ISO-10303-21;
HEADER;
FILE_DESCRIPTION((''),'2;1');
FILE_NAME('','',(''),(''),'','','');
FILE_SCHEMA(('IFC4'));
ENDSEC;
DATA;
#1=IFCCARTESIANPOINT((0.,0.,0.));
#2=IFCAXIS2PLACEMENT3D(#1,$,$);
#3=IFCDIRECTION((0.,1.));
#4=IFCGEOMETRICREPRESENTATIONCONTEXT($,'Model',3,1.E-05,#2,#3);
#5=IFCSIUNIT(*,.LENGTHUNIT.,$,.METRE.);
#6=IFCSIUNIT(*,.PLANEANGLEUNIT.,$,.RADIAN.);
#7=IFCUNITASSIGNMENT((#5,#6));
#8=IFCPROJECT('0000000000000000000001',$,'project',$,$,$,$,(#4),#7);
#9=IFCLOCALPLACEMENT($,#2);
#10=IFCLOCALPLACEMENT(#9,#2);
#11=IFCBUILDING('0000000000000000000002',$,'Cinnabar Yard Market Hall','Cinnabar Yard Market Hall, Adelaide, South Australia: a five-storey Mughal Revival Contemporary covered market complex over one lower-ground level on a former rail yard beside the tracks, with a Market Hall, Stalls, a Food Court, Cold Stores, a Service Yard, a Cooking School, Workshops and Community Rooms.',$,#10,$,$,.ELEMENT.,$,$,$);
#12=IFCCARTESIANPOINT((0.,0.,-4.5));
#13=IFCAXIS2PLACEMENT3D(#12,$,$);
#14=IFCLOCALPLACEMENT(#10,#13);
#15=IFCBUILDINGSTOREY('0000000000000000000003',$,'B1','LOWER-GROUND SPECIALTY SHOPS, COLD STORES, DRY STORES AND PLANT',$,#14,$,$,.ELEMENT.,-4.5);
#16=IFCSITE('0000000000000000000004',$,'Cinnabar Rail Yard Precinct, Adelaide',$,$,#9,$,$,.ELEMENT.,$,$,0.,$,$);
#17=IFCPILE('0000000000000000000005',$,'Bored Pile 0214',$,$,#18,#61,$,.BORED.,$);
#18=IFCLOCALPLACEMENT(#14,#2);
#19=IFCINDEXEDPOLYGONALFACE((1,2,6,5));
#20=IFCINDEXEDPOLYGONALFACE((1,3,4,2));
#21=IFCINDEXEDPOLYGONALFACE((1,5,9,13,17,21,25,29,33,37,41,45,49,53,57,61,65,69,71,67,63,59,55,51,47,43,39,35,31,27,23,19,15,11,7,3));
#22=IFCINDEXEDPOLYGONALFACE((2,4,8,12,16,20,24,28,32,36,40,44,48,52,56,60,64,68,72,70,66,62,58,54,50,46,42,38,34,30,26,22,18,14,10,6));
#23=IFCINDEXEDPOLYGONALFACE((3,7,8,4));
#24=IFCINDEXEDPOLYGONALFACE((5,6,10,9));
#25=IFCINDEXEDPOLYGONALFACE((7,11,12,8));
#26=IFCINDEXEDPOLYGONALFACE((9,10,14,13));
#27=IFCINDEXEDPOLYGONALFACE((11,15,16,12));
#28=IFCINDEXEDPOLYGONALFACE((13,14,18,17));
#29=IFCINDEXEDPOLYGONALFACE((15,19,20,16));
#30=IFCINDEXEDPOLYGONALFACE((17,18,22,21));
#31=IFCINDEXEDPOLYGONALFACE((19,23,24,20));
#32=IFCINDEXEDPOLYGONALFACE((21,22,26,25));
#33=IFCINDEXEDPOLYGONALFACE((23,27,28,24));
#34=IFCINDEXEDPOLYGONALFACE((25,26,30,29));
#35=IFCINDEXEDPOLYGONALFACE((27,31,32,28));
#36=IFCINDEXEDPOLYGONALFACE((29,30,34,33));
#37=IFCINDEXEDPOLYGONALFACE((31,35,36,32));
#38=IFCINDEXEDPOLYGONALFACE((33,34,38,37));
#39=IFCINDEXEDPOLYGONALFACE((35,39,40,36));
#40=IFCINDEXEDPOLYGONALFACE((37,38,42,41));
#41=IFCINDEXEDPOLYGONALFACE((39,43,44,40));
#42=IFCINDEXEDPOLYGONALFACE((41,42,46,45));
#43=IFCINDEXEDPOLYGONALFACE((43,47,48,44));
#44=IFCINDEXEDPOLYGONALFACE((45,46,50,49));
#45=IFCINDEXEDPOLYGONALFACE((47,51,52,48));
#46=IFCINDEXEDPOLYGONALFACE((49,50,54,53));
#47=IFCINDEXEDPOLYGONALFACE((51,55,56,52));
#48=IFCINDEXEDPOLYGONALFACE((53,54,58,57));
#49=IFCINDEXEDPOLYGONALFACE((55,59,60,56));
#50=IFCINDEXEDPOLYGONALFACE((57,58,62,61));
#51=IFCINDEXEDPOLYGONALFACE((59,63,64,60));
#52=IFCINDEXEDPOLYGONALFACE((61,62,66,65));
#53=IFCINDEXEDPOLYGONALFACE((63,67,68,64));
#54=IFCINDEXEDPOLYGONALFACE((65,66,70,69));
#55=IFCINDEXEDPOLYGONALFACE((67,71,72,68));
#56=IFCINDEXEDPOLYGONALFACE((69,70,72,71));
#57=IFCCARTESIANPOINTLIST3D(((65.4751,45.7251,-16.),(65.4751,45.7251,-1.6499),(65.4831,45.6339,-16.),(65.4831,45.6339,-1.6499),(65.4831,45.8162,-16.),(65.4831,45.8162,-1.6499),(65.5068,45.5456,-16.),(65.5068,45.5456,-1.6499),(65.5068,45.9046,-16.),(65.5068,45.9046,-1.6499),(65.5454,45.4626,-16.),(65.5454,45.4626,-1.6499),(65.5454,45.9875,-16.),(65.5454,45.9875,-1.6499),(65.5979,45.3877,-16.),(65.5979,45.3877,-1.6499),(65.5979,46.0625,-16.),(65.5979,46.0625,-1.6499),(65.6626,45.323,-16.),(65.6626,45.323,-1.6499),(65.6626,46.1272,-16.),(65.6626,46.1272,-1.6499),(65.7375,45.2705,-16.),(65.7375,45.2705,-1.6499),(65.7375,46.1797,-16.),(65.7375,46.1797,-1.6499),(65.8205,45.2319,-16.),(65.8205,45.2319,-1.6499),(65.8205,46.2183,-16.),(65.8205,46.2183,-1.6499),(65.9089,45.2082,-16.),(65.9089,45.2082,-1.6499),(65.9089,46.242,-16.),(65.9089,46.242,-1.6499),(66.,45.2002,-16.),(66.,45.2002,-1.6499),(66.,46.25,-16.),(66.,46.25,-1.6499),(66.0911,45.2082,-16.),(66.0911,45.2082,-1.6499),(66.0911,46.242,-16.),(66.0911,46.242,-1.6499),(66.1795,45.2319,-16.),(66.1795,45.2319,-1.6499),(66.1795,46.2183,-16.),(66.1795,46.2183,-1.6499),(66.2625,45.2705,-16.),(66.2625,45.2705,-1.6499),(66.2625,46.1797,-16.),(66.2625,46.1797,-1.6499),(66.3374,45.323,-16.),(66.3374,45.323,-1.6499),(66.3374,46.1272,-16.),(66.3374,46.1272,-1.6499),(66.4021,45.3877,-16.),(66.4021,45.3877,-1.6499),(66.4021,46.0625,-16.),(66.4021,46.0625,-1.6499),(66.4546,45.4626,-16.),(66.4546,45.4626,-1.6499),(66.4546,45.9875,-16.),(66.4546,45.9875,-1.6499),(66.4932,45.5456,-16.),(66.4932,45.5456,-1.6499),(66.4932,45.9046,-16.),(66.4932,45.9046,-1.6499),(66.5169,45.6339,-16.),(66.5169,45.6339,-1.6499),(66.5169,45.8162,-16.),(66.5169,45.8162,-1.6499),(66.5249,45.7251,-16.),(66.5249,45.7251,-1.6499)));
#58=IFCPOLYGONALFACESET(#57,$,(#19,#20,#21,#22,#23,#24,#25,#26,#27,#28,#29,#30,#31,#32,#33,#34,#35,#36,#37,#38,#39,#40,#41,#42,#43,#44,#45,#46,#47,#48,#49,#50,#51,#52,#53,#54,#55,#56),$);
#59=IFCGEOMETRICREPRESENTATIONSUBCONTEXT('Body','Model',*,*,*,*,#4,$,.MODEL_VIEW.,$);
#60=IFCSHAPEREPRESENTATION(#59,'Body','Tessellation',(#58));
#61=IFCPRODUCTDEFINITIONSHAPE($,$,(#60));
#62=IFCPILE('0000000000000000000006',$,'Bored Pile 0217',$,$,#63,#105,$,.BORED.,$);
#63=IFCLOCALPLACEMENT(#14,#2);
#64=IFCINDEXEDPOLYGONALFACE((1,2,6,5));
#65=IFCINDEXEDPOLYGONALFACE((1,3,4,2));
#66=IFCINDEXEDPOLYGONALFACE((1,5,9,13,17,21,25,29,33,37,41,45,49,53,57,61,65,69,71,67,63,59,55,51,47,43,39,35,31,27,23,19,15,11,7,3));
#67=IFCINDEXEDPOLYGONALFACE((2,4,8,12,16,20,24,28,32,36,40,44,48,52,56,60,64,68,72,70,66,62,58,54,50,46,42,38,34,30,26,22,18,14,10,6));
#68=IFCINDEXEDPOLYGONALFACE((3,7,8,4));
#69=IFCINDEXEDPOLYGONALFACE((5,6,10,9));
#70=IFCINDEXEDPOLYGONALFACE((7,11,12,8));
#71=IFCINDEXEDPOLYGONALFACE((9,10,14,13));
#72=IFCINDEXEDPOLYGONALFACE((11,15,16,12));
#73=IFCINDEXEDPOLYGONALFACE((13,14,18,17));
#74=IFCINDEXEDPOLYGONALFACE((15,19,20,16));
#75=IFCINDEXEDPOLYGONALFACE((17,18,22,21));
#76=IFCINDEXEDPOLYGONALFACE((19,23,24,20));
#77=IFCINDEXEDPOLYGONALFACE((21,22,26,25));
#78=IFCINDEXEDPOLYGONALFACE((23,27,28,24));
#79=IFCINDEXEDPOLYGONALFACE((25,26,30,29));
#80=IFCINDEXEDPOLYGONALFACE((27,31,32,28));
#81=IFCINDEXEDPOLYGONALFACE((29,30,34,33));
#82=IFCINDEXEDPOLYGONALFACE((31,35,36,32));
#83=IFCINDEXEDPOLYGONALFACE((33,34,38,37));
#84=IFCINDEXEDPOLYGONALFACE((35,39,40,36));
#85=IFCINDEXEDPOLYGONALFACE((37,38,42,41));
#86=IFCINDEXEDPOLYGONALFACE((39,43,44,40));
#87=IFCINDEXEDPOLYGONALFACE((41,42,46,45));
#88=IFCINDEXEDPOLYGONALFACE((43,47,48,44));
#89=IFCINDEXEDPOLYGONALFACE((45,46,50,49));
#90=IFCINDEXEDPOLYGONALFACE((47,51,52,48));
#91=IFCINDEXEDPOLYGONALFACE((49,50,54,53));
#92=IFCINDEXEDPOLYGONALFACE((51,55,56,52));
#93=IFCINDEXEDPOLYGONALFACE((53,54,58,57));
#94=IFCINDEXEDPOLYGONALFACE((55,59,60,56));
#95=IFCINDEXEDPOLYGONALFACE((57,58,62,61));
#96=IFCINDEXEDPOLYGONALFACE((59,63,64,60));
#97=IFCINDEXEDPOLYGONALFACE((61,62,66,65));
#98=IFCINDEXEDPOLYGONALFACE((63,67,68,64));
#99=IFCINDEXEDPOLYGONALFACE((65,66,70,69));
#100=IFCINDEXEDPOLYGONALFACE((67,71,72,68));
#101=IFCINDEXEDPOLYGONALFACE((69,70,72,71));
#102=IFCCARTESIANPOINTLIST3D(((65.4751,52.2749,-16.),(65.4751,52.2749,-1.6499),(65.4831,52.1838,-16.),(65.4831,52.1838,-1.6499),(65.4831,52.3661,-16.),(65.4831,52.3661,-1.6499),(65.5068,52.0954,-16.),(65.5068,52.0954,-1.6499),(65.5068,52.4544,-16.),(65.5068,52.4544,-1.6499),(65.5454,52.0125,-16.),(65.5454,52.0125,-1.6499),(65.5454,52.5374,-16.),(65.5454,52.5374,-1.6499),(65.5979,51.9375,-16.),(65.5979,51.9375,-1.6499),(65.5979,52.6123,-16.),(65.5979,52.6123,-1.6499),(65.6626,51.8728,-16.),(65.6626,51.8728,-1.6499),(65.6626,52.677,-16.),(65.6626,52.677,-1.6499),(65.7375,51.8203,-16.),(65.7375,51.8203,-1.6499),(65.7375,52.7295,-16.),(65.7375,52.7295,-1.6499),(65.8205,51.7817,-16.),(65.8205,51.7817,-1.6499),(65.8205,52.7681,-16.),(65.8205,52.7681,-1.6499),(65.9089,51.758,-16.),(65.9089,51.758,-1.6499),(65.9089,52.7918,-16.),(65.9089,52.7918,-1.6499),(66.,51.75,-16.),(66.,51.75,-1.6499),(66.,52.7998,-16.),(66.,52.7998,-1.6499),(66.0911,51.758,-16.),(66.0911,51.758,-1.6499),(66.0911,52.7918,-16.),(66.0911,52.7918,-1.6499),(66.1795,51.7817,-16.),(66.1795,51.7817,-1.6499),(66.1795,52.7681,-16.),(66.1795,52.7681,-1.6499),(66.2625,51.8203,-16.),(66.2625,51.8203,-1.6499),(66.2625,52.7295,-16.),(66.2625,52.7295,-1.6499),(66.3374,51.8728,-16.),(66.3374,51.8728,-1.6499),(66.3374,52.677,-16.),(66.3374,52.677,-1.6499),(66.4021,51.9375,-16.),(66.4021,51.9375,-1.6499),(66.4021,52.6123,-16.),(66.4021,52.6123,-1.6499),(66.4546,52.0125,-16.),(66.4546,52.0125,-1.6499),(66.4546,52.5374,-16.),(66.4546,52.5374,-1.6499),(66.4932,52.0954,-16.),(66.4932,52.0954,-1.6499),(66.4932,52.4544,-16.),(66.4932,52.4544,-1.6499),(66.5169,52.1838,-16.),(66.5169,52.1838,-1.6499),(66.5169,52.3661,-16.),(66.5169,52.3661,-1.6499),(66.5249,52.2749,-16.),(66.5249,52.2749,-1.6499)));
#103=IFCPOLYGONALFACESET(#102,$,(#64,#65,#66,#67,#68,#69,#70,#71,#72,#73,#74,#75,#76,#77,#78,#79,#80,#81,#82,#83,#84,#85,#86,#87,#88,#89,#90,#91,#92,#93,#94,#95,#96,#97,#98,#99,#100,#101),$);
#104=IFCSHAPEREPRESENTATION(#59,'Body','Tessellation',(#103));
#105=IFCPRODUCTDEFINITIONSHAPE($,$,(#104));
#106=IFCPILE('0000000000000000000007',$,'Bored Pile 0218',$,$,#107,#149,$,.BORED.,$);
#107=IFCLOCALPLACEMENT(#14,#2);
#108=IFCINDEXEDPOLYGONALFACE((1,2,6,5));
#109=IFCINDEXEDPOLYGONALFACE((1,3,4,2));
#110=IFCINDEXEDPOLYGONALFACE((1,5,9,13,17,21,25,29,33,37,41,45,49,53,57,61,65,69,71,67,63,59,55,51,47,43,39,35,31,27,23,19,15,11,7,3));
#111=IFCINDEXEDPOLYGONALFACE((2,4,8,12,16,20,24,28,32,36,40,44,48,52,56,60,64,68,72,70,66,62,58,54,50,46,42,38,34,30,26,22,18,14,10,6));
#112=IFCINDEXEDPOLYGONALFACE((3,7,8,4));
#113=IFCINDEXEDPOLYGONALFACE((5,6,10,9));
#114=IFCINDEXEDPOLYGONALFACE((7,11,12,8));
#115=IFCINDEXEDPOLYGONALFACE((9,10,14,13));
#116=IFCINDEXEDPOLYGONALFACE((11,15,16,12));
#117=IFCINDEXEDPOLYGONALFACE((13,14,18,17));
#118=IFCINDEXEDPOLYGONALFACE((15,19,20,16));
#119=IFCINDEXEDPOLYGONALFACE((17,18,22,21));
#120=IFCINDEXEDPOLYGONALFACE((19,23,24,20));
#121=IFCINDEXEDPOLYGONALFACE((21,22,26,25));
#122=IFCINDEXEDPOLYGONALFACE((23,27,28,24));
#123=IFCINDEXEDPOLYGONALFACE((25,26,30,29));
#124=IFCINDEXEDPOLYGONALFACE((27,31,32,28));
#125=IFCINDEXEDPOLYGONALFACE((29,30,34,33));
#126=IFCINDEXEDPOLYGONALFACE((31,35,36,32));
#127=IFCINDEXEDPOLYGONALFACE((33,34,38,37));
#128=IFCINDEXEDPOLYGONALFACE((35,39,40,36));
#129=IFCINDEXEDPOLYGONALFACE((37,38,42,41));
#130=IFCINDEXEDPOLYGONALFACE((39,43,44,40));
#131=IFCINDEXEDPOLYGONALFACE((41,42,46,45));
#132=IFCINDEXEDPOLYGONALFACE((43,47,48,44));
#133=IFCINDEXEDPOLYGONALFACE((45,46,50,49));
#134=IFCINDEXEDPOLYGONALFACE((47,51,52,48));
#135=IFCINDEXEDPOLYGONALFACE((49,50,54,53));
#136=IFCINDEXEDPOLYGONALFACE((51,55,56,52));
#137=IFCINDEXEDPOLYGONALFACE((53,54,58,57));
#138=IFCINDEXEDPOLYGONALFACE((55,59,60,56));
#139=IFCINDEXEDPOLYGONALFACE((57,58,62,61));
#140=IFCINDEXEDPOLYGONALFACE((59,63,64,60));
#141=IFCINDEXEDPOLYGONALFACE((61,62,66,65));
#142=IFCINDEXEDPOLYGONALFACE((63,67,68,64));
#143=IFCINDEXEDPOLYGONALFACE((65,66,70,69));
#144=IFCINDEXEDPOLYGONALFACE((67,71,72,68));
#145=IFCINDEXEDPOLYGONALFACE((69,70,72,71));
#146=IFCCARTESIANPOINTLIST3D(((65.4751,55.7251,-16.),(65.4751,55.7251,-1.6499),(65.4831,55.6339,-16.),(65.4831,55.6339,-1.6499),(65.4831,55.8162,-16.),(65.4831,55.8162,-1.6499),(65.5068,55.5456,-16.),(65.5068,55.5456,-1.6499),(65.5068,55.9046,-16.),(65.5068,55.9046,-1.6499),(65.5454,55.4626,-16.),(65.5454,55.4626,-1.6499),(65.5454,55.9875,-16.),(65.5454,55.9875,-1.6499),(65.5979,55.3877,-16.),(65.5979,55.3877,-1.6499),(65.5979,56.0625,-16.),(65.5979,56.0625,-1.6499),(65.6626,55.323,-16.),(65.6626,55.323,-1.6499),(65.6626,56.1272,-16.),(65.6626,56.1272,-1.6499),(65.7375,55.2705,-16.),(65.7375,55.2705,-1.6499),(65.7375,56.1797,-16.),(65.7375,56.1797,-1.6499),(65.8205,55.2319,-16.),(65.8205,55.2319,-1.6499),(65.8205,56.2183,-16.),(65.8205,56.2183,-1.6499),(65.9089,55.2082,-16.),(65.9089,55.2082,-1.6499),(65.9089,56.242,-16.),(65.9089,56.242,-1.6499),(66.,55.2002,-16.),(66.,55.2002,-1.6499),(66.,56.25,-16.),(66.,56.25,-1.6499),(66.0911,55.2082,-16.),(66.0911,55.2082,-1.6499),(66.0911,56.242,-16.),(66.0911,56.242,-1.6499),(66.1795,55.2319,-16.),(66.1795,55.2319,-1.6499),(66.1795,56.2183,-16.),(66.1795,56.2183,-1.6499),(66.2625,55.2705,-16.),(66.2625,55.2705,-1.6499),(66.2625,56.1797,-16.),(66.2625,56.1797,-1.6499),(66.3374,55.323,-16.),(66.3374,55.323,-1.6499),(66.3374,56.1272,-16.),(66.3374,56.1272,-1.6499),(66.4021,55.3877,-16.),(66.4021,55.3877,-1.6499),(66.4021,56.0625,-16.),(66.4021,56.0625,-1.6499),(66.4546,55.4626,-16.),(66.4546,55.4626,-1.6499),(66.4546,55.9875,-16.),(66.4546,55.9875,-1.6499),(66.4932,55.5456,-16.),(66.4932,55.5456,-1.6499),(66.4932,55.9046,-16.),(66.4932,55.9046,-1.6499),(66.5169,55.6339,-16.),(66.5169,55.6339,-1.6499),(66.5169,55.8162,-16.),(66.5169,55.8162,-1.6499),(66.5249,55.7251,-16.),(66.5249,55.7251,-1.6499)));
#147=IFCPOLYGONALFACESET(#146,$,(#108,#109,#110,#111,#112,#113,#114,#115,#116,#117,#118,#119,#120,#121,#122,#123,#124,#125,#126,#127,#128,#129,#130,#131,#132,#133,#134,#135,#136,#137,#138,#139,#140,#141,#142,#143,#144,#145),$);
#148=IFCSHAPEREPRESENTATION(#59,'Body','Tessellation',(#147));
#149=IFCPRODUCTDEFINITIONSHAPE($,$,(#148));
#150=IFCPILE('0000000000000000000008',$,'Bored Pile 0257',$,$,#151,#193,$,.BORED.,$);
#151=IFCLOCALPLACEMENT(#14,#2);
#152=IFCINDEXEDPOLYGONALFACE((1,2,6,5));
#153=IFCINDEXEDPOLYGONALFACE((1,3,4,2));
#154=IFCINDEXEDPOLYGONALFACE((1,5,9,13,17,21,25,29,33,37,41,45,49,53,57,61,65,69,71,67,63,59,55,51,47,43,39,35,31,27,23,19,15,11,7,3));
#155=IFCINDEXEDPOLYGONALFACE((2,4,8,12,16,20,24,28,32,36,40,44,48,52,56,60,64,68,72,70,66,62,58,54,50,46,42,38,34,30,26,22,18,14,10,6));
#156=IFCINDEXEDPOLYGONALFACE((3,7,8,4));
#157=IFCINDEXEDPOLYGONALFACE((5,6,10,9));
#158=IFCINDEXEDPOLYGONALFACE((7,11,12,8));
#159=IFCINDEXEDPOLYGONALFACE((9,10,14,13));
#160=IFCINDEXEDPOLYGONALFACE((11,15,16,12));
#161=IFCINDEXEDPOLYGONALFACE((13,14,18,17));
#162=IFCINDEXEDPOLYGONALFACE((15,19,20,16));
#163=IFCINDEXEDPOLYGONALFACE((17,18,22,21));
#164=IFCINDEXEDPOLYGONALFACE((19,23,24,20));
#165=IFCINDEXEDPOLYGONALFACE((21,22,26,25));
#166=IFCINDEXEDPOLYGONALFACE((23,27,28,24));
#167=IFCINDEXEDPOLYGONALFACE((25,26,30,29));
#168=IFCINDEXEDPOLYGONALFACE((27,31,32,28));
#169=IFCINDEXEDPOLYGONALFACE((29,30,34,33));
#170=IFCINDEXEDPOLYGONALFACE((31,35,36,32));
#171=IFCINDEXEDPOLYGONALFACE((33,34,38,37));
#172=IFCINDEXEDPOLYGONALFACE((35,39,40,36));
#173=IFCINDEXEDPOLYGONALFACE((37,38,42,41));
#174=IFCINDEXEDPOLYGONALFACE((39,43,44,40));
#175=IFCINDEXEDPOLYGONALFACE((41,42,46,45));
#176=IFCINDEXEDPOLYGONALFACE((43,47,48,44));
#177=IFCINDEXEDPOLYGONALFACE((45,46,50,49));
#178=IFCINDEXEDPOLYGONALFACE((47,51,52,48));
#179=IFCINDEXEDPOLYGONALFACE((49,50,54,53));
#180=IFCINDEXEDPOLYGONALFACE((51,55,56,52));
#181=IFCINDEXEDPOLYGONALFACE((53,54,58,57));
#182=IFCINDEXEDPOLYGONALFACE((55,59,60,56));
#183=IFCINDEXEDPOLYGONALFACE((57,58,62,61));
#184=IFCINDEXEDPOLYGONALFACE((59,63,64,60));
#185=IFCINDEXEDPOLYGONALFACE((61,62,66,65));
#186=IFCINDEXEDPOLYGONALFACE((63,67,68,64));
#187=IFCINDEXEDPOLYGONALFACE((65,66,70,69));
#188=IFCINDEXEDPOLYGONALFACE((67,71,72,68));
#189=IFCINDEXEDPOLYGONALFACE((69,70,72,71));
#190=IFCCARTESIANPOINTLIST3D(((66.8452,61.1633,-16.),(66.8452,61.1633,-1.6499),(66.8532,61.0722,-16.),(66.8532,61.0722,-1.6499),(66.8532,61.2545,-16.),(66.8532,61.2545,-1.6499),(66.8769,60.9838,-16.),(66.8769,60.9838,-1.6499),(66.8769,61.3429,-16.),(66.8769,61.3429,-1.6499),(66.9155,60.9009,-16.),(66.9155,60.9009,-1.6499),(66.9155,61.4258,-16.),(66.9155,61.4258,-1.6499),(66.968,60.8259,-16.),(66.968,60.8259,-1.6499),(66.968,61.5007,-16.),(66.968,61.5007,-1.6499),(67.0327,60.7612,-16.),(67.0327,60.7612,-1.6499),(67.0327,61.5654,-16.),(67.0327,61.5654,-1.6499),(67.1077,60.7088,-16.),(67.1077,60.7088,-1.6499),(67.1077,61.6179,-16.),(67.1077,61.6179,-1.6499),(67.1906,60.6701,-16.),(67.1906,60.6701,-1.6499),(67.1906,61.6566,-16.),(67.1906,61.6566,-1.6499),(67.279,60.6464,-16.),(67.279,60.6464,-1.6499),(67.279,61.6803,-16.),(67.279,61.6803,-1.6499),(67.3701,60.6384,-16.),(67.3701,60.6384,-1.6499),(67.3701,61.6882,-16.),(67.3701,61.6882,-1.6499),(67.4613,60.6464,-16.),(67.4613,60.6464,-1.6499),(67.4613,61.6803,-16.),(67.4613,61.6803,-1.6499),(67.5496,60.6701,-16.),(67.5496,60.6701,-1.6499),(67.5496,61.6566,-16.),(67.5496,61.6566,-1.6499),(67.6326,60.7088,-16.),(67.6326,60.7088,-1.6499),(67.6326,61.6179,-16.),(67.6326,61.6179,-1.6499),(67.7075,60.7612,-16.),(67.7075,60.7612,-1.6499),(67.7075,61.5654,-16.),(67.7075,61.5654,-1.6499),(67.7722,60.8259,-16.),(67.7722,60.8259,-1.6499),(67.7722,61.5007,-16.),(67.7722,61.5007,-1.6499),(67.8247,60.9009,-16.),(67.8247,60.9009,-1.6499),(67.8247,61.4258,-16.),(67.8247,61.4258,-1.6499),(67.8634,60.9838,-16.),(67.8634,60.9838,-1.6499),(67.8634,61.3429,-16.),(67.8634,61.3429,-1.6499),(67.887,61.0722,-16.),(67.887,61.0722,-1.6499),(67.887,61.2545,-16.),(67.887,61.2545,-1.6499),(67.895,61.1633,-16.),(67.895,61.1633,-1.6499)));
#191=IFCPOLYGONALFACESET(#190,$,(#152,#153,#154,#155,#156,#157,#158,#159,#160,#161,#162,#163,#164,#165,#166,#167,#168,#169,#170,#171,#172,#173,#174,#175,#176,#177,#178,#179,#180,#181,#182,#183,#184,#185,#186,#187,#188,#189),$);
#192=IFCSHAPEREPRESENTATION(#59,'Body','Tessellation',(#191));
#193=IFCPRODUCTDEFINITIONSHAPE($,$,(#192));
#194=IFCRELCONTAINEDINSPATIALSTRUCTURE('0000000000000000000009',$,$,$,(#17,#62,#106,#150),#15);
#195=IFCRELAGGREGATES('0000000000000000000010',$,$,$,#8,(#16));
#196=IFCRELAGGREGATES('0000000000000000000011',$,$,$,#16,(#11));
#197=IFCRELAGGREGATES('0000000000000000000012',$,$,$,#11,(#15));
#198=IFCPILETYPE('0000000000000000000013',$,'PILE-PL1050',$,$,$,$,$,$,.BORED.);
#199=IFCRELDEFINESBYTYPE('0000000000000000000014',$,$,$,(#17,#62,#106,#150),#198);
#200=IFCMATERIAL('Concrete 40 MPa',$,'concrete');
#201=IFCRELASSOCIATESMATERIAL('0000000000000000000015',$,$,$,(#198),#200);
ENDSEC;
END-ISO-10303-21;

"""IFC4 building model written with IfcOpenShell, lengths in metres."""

from ifc_helpers import new_model, si_unit, direction, frame, origin, origin_2d_with_axis, place, context, subcontext, project, spatial, circle, extrude, material, material_profile, profile_set, type_object, element, save


model = new_model("IFC4")

# Units and contexts
model_context = context("Model", 3, precision=1e-05, world=origin(), true_north=direction((0.0, 1.0)))
body_context = subcontext(model_context, "Body", "Model", "MODEL_VIEW")
ifc_project = project(units=[si_unit("LENGTHUNIT", "METRE"), si_unit("PLANEANGLEUNIT", "RADIAN")], contexts=[model_context])

# Site, building, storey
site_placement = place(None, origin())
site = spatial("IfcSite", under=ifc_project, at=site_placement, Name="Cinnabar Rail Yard Precinct, Adelaide", CompositionType="ELEMENT", RefElevation=0.0)
building_placement = place(site_placement, origin())
building = spatial("IfcBuilding", under=site, at=building_placement, Name="Cinnabar Yard Market Hall", Description="Cinnabar Yard Market Hall, Adelaide, South Australia: a five-storey Mughal Revival Contemporary covered market complex over one lower-ground level on a former rail yard beside the tracks, with a Market Hall, Stalls, a Food Court, Cold Stores, a Service Yard, a Cooking School, Workshops and Community Rooms.", CompositionType="ELEMENT")
storey_placement = place(building_placement, frame((0.0, 0.0, -4.5)))
storey = spatial("IfcBuildingStorey", under=building, at=storey_placement, Name="B1", Description="LOWER-GROUND SPECIALTY SHOPS, COLD STORES, DRY STORES AND PLANT", CompositionType="ELEMENT", Elevation=-4.5)

# Shared definitions
ifc_material_1 = material(Name="Concrete 40 MPa", Category="concrete")

# Piles
ifc_material_profile_1 = material_profile(ifc_material_1, circle(Radius=0.5249, at=origin_2d_with_axis()), Name="PILE-D1050")
ifc_profile_set_1 = profile_set([ifc_material_profile_1], Name="Concrete 40 MPa")
pile_type_1 = type_object("IfcPileType", Name="PILE-PL1050", PredefinedType="BORED", material=ifc_profile_set_1)
for number, where, z_axis, x_axis, name in (
    (1, (66.0, 45.7251, -1.6499), (0.0, 0.0, -1.0), (1.0, 0.0, 0.0), "Bored Pile 0214"),
    (2, (66.0, 52.2749, -1.6499), (0.0, 0.0, -1.0), (1.0, 0.0, 0.0), "Bored Pile 0217"),
    (3, (66.0, 55.7251, -1.6499), (0.0, 0.0, -1.0), (1.0, 0.0, 0.0), "Bored Pile 0218"),
    (4, (67.3701, 61.1633, -1.6499), (0.0, 0.0, -1.0), (1.0, 0.0, 0.0), "Bored Pile 0257"),
):
    element("IfcPile", number, at=place(storey_placement, frame(where, z_axis=z_axis, x_axis=x_axis)), inside=storey, type_object=pile_type_1, Name=name, PredefinedType="BORED", context=body_context, shape_type="SweptSolid", body=[
        extrude(circle(Radius=0.5249, at=origin_2d_with_axis()), origin(), (0.0, 0.0, 1.0), 14.3501),
    ])

save(model, "model.ifc")
